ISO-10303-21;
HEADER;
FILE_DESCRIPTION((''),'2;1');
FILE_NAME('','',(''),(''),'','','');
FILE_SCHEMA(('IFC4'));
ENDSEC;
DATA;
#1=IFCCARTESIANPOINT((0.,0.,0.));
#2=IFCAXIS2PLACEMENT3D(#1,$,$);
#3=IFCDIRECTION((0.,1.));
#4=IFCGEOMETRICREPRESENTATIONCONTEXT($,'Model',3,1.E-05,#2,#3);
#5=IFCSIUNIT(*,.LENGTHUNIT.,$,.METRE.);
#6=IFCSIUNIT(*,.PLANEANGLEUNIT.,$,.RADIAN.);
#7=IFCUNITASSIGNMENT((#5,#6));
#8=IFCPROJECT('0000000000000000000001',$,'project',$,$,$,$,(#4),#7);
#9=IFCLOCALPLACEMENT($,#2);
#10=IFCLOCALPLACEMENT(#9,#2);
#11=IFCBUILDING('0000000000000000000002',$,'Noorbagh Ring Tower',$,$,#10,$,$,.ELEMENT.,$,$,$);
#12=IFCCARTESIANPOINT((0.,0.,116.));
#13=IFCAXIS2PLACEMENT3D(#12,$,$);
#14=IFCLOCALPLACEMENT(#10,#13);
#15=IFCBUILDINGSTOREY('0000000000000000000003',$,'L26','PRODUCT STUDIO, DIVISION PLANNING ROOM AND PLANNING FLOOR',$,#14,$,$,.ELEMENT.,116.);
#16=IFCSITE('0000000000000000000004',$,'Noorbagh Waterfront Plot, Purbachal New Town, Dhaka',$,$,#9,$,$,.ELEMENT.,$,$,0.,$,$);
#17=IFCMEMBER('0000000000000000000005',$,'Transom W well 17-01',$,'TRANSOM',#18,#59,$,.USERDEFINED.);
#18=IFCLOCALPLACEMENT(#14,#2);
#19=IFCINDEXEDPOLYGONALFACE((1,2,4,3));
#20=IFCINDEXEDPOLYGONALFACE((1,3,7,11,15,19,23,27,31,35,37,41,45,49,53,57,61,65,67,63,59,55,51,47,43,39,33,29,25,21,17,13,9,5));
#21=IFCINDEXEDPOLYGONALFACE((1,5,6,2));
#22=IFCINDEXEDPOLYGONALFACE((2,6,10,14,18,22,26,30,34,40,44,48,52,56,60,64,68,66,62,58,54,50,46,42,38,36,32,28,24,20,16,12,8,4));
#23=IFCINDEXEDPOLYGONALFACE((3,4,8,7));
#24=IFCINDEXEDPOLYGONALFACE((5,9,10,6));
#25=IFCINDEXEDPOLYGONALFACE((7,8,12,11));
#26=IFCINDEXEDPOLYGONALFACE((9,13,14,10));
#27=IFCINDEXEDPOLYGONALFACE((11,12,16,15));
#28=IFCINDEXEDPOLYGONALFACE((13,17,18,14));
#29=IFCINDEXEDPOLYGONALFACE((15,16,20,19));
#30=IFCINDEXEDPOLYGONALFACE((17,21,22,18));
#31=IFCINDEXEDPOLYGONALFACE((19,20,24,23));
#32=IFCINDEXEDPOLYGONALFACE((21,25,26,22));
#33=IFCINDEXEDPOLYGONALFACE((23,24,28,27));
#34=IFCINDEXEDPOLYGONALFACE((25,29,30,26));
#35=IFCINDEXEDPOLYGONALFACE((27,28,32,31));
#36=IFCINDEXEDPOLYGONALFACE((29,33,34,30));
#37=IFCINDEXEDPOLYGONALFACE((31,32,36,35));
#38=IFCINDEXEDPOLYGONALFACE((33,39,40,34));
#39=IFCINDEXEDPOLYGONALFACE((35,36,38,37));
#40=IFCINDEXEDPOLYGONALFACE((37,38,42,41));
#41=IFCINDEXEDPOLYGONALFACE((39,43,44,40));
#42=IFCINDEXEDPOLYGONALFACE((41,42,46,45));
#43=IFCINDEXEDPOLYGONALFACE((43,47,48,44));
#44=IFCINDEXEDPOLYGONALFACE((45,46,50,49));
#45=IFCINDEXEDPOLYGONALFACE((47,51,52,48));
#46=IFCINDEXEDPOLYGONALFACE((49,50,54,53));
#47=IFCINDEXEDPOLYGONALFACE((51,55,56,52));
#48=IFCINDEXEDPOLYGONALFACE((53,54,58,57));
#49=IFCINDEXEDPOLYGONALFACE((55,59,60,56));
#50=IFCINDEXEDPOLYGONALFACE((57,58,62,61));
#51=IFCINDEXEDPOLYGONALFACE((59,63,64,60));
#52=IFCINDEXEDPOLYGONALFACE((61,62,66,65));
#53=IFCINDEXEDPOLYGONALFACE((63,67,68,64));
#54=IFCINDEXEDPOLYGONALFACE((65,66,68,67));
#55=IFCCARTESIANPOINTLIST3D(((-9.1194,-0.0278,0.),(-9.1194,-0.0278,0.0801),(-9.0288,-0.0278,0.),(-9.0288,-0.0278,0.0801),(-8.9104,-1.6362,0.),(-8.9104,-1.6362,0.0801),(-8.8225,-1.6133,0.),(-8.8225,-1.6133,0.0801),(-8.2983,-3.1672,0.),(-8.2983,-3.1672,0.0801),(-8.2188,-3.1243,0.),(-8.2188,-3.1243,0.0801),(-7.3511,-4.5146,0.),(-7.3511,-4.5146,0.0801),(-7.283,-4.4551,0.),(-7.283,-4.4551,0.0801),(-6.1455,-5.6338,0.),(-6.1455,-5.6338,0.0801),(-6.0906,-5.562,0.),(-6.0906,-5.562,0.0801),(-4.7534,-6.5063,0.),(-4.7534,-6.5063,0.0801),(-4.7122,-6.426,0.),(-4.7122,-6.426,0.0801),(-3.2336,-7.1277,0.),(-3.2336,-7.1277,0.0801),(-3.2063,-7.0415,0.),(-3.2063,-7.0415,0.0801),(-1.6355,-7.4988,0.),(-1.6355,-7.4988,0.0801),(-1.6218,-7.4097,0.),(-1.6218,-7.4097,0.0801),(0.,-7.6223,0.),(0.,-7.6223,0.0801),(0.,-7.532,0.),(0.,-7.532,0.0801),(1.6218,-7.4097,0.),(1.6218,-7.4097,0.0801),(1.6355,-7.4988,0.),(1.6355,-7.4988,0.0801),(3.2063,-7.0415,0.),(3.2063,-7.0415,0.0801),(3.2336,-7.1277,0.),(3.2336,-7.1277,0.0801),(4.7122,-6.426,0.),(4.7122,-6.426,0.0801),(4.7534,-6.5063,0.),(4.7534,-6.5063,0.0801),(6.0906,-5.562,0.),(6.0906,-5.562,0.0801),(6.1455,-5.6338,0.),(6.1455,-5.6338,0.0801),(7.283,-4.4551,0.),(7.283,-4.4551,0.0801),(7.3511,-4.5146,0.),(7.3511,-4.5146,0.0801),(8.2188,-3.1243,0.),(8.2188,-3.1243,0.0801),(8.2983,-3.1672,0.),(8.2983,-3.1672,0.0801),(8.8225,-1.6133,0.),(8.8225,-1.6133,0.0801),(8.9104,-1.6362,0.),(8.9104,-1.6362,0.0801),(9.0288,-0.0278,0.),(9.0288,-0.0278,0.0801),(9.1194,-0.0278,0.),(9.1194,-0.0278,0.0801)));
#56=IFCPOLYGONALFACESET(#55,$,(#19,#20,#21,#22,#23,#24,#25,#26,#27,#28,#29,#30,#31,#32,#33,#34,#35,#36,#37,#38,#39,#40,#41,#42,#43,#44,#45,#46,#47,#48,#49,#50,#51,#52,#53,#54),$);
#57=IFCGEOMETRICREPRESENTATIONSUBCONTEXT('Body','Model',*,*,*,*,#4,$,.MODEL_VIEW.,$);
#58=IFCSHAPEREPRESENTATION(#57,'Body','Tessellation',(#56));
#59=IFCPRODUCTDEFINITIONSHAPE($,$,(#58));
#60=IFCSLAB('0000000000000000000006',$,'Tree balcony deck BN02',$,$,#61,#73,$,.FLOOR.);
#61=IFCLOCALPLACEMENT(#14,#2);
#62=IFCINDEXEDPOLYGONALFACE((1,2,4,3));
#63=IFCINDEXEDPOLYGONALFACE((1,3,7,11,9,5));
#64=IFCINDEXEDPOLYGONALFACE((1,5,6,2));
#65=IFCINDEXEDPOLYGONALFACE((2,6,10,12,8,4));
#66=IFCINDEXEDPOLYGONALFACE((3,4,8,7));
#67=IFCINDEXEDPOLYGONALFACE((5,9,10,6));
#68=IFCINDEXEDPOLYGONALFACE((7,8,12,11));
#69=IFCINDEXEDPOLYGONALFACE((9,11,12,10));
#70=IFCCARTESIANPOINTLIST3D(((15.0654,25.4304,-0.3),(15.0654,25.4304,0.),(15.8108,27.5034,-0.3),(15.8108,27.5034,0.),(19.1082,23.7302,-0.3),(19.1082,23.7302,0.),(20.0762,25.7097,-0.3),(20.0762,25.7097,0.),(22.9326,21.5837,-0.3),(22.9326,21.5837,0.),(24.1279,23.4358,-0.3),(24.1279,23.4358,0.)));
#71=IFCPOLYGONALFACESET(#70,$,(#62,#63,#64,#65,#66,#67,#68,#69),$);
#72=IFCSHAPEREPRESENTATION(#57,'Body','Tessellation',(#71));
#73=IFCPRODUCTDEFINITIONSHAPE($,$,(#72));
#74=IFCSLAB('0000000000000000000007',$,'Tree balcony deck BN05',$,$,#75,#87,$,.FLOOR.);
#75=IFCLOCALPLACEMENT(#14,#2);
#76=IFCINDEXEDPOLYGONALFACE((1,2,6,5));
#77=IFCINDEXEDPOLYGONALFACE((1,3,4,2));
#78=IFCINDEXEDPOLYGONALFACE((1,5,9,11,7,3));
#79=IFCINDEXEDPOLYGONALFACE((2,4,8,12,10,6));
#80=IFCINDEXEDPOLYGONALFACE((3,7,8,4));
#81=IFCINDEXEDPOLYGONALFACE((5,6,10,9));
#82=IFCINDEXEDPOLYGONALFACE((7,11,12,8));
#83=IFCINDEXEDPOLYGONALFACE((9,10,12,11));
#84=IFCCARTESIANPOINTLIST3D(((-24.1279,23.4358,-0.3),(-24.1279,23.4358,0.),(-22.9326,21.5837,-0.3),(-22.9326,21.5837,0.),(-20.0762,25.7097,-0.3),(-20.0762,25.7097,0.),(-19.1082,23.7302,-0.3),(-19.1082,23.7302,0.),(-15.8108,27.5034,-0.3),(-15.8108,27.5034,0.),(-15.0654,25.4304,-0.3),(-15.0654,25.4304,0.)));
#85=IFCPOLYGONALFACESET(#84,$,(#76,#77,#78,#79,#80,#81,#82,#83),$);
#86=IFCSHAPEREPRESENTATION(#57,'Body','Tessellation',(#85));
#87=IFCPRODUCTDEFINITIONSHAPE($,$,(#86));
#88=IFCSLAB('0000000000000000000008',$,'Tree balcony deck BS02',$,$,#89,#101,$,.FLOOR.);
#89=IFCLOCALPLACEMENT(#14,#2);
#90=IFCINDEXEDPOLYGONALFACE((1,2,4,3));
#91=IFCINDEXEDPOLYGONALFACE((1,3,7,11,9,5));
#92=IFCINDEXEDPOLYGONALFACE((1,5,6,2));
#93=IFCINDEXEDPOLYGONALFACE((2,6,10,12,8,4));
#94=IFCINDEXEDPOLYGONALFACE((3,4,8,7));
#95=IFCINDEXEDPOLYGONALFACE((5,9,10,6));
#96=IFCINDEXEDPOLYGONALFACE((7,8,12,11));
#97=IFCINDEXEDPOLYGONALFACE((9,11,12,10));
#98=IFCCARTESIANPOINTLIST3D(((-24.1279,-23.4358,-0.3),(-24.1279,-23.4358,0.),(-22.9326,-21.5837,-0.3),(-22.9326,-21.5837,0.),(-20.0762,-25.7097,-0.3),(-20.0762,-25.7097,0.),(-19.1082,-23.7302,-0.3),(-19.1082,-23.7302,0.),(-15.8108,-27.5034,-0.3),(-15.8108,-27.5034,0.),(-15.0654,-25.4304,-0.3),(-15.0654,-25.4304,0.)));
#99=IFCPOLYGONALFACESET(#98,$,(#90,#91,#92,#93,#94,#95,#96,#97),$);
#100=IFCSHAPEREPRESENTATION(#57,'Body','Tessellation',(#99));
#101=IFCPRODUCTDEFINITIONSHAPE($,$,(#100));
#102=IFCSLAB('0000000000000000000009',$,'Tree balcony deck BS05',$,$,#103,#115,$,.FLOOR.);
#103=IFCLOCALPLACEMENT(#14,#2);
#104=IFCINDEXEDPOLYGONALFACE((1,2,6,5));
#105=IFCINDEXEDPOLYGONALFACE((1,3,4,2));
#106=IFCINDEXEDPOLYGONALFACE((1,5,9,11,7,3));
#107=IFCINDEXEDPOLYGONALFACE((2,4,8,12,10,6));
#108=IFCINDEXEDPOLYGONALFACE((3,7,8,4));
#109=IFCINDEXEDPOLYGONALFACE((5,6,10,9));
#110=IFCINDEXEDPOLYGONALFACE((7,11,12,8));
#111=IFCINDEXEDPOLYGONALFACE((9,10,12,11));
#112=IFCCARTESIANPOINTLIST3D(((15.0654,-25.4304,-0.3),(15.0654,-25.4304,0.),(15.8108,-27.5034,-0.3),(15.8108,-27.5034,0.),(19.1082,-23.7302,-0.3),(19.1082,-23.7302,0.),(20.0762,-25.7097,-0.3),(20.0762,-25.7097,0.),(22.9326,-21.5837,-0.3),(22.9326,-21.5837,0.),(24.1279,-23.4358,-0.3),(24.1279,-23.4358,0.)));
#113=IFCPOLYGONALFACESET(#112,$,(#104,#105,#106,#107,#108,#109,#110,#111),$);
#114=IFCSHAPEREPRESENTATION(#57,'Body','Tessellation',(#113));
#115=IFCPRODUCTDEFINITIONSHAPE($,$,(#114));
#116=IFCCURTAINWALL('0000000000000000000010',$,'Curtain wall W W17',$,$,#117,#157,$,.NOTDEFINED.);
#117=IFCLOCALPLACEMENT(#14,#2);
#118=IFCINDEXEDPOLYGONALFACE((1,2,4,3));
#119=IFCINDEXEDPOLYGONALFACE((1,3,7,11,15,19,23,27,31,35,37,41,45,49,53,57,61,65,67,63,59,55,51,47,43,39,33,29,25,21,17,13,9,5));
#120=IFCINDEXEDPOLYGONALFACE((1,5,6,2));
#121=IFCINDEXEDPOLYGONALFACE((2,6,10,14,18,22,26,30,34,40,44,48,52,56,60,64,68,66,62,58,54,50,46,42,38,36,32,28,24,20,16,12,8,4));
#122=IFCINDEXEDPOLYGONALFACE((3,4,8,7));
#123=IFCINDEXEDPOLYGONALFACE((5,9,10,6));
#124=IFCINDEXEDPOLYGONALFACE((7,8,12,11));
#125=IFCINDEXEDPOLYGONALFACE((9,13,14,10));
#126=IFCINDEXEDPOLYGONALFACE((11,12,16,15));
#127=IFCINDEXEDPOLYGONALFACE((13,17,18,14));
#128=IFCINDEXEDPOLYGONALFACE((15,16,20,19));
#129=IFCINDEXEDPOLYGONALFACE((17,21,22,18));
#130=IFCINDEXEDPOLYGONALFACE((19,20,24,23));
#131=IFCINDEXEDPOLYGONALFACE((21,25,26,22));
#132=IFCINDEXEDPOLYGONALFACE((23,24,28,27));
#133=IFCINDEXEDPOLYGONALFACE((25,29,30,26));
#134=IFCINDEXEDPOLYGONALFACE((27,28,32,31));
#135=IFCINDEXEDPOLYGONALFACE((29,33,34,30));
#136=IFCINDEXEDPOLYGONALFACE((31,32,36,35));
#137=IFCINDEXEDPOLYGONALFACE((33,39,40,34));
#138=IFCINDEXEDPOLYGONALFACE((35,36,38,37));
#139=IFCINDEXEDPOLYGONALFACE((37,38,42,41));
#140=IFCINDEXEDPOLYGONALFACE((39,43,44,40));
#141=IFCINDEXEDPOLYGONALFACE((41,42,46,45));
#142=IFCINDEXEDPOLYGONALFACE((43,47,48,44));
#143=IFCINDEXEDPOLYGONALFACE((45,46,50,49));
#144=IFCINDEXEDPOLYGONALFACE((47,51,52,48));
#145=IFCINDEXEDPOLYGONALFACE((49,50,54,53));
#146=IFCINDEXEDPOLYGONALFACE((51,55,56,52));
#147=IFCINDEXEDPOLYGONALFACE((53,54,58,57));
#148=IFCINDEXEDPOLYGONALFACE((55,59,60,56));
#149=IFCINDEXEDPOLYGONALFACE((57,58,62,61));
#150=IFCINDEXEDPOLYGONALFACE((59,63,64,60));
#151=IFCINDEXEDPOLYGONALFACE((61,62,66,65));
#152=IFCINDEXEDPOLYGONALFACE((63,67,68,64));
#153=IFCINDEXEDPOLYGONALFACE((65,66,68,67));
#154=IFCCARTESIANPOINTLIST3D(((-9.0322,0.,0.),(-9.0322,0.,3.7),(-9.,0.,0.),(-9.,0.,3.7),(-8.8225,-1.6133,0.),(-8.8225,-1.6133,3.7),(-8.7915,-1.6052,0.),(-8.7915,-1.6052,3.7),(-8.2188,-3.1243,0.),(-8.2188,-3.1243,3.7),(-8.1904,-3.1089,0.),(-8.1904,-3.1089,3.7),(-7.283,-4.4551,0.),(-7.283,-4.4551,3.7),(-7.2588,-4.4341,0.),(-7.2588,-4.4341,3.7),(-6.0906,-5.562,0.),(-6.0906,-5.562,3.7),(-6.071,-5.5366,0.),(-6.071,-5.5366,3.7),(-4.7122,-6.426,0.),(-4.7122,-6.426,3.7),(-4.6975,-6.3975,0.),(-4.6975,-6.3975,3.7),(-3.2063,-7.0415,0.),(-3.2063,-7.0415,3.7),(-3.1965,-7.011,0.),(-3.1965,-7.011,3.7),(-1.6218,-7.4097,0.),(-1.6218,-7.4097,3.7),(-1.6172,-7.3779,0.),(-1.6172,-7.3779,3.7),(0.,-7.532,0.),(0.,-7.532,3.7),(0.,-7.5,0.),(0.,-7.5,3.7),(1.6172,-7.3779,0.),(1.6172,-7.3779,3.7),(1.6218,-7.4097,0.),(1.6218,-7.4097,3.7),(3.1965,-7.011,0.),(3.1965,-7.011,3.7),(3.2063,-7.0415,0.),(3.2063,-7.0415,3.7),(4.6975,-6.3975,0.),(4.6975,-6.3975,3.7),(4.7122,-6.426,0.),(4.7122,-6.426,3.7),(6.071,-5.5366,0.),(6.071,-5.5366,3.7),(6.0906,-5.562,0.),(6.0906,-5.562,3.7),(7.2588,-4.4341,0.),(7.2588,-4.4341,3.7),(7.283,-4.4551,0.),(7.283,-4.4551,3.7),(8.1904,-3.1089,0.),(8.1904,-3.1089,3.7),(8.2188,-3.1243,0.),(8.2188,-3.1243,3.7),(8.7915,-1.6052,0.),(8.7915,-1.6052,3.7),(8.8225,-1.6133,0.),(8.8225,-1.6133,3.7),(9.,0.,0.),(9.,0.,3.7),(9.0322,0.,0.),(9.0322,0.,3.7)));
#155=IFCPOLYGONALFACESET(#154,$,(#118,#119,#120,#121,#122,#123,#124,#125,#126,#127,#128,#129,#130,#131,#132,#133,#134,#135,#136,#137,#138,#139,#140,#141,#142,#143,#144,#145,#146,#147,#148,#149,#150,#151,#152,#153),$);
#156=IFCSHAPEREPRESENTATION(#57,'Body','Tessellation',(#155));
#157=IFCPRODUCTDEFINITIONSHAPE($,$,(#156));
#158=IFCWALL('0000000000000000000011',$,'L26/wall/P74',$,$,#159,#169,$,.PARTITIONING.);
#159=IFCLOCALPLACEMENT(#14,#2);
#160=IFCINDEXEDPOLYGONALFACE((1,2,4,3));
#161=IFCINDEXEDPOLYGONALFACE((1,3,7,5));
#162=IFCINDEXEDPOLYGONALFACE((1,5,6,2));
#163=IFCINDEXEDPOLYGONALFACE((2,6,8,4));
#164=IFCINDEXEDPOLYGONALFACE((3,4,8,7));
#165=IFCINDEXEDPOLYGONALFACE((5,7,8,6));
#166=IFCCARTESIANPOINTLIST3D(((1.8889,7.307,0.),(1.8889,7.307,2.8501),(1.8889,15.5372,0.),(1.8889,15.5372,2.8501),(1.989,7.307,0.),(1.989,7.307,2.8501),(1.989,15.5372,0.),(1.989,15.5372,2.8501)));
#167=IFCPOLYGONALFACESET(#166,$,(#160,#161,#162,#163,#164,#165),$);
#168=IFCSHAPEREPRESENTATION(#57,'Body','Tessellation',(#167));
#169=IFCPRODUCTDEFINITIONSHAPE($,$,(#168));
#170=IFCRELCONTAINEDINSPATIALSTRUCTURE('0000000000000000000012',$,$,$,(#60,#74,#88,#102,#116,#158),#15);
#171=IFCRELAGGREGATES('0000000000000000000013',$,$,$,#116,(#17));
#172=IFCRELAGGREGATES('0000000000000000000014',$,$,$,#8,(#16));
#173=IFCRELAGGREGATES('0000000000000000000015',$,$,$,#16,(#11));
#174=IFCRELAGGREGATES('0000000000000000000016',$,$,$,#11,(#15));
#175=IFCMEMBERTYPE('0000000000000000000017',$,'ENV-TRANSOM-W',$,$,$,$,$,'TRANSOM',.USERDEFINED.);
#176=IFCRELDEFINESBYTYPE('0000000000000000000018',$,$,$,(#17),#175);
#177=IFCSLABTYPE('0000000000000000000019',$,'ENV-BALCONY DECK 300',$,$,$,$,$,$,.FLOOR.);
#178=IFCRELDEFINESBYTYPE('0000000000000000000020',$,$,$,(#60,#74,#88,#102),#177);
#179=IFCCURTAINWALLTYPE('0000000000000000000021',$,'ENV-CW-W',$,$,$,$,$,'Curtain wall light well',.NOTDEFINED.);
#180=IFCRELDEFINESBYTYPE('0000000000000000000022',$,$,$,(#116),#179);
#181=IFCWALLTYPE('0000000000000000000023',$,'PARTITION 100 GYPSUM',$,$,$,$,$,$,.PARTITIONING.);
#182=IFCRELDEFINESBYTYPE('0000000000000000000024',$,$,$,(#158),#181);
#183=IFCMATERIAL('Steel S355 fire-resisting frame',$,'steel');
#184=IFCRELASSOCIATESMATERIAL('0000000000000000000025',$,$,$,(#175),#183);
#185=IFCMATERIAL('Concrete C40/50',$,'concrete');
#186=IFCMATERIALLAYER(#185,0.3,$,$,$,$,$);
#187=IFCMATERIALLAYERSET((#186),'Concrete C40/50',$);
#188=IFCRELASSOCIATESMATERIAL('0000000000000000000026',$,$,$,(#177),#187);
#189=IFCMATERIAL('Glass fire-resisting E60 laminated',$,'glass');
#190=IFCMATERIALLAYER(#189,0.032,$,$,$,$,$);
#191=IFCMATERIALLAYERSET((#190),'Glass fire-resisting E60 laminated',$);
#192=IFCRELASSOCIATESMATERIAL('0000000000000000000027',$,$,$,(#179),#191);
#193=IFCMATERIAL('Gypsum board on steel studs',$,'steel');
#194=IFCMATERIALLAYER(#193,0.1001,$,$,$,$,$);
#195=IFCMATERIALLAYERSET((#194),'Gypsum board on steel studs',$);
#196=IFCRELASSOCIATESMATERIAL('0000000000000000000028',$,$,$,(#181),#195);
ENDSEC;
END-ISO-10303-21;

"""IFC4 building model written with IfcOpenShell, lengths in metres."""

from ifc_helpers import new_model, si_unit, direction, frame, frame_2d, origin, place, context, subcontext, project, spatial, polyline, rectangle, outline, extrude, material, layer, layer_set, type_object, element, aggregate, save


model = new_model("IFC4")

# Units and contexts
model_context = context("Model", 3, precision=1e-05, world=origin(), true_north=direction((0.0, 1.0)))
body_context = subcontext(model_context, "Body", "Model", "MODEL_VIEW")
ifc_project = project(units=[si_unit("LENGTHUNIT", "METRE"), si_unit("PLANEANGLEUNIT", "RADIAN")], contexts=[model_context])

# Site, building, storey
site_placement = place(None, origin())
site = spatial("IfcSite", under=ifc_project, at=site_placement, Name="Noorbagh Waterfront Plot, Purbachal New Town, Dhaka", CompositionType="ELEMENT", RefElevation=0.0)
building_placement = place(site_placement, origin())
building = spatial("IfcBuilding", under=site, at=building_placement, Name="Noorbagh Ring Tower", CompositionType="ELEMENT")
storey_placement = place(building_placement, frame((0.0, 0.0, 116.0)))
storey = spatial("IfcBuildingStorey", under=building, at=storey_placement, Name="L26", Description="PRODUCT STUDIO, DIVISION PLANNING ROOM AND PLANNING FLOOR", CompositionType="ELEMENT", Elevation=116.0)

# Member
ifc_material_1 = material(Name="Steel S355 fire-resisting frame", Category="steel")
member_type_1 = type_object("IfcMemberType", Name="ENV-TRANSOM-W", ElementType="TRANSOM", PredefinedType="USERDEFINED", material=ifc_material_1)
member_1_placement = place(storey_placement, origin())
member_1 = element("IfcMember", 1, at=member_1_placement, type_object=member_type_1, Name="Transom W well 17-01", ObjectType="TRANSOM", PredefinedType="USERDEFINED", context=body_context, shape_type="SweptSolid", body=[
    extrude(outline(polyline([(-9.1194, -0.0278), (-8.9104, -1.6362), (-8.2983, -3.1672), (-7.3511, -4.5146), (-6.1455, -5.6338), (-4.7534, -6.5063), (-3.2336, -7.1277), (-1.6355, -7.4988), (0.0, -7.6223), (1.6355, -7.4988), (3.2336, -7.1277), (4.7534, -6.5063), (6.1455, -5.6338), (7.3511, -4.5146), (8.2983, -3.1672), (8.9104, -1.6362), (9.1194, -0.0278), (9.0288, -0.0278), (8.8225, -1.6133), (8.2188, -3.1243), (7.283, -4.4551), (6.0906, -5.562), (4.7122, -6.426), (3.2063, -7.0415), (1.6218, -7.4097), (0.0, -7.532), (-1.6218, -7.4097), (-3.2063, -7.0415), (-4.7122, -6.426), (-6.0906, -5.562), (-7.283, -4.4551), (-8.2188, -3.1243), (-8.8225, -1.6133), (-9.0288, -0.0278), (-9.1194, -0.0278)])), origin(), (0.0, 0.0, 1.0), 0.0801),
])

# Slabs
ifc_material_2 = material(Name="Concrete C40/50", Category="concrete")
ifc_layer_1 = layer(ifc_material_2, 0.3)
ifc_layer_set_1 = layer_set([ifc_layer_1], Name="Concrete C40/50")
slab_type = type_object("IfcSlabType", Name="ENV-BALCONY DECK 300", PredefinedType="FLOOR", material=ifc_layer_set_1)
slab_1_placement = place(storey_placement, frame((0.0, 0.0, -0.3)))
element("IfcSlab", 2, at=slab_1_placement, inside=storey, type_object=slab_type, Name="Tree balcony deck BN02", PredefinedType="FLOOR", context=body_context, shape_type="SweptSolid", body=[
    extrude(outline(polyline([(24.1279, 23.4358), (20.0762, 25.7097), (15.8108, 27.5034), (15.0654, 25.4304), (19.1082, 23.7302), (22.9326, 21.5837), (24.1279, 23.4358)])), origin(), (0.0, 0.0, 1.0), 0.3),
])
slab_2_placement = place(storey_placement, frame((0.0, 0.0, -0.3)))
element("IfcSlab", 3, at=slab_2_placement, inside=storey, type_object=slab_type, Name="Tree balcony deck BN05", PredefinedType="FLOOR", context=body_context, shape_type="SweptSolid", body=[
    extrude(outline(polyline([(-15.8108, 27.5034), (-20.0762, 25.7097), (-24.1279, 23.4358), (-22.9326, 21.5837), (-19.1082, 23.7302), (-15.0654, 25.4304), (-15.8108, 27.5034)])), origin(), (0.0, 0.0, 1.0), 0.3),
])
slab_3_placement = place(storey_placement, frame((0.0, 0.0, -0.3)))
element("IfcSlab", 4, at=slab_3_placement, inside=storey, type_object=slab_type, Name="Tree balcony deck BS02", PredefinedType="FLOOR", context=body_context, shape_type="SweptSolid", body=[
    extrude(outline(polyline([(-24.1279, -23.4358), (-20.0762, -25.7097), (-15.8108, -27.5034), (-15.0654, -25.4304), (-19.1082, -23.7302), (-22.9326, -21.5837), (-24.1279, -23.4358)])), origin(), (0.0, 0.0, 1.0), 0.3),
])
slab_4_placement = place(storey_placement, frame((0.0, 0.0, -0.3)))
element("IfcSlab", 5, at=slab_4_placement, inside=storey, type_object=slab_type, Name="Tree balcony deck BS05", PredefinedType="FLOOR", context=body_context, shape_type="SweptSolid", body=[
    extrude(outline(polyline([(15.8108, -27.5034), (20.0762, -25.7097), (24.1279, -23.4358), (22.9326, -21.5837), (19.1082, -23.7302), (15.0654, -25.4304), (15.8108, -27.5034)])), origin(), (0.0, 0.0, 1.0), 0.3),
])

# Curtain wall
ifc_material_3 = material(Name="Glass fire-resisting E60 laminated", Category="glass")
ifc_layer_2 = layer(ifc_material_3, 0.032)
ifc_layer_set_2 = layer_set([ifc_layer_2], Name="Glass fire-resisting E60 laminated")
curtain_wall_type_1 = type_object("IfcCurtainWallType", Name="ENV-CW-W", ElementType="Curtain wall light well", PredefinedType="NOTDEFINED", material=ifc_layer_set_2)
curtain_wall_1_placement = place(storey_placement, origin())
curtain_wall_1 = element("IfcCurtainWall", 6, at=curtain_wall_1_placement, inside=storey, type_object=curtain_wall_type_1, Name="Curtain wall W W17", PredefinedType="NOTDEFINED", context=body_context, shape_type="SweptSolid", body=[
    extrude(outline(polyline([(-9.0322, 0.0), (-8.8225, -1.6133), (-8.2188, -3.1243), (-7.283, -4.4551), (-6.0906, -5.562), (-4.7122, -6.426), (-3.2063, -7.0415), (-1.6218, -7.4097), (0.0, -7.532), (1.6218, -7.4097), (3.2063, -7.0415), (4.7122, -6.426), (6.0906, -5.562), (7.283, -4.4551), (8.2188, -3.1243), (8.8225, -1.6133), (9.0322, 0.0), (9.0, 0.0), (8.7915, -1.6052), (8.1904, -3.1089), (7.2588, -4.4341), (6.071, -5.5366), (4.6975, -6.3975), (3.1965, -7.011), (1.6172, -7.3779), (0.0, -7.5), (-1.6172, -7.3779), (-3.1965, -7.011), (-4.6975, -6.3975), (-6.071, -5.5366), (-7.2588, -4.4341), (-8.1904, -3.1089), (-8.7915, -1.6052), (-9.0, 0.0), (-9.0322, 0.0)])), origin(), (0.0, 0.0, 1.0), 3.7),
])
aggregate(curtain_wall_1, [member_1])

# Wall
ifc_material_4 = material(Name="Gypsum board on steel studs", Category="steel")
ifc_layer_3 = layer(ifc_material_4, 0.1001)
ifc_layer_set_3 = layer_set([ifc_layer_3], Name="Gypsum board on steel studs")
wall_type = type_object("IfcWallType", Name="PARTITION 100 GYPSUM", PredefinedType="PARTITIONING", material=ifc_layer_set_3)
wall_placement = place(storey_placement, frame((1.939, 7.3069, 0.0), z_axis=(0.0, 0.0, 1.0), x_axis=(0.0, 1.0, 0.0)))
element("IfcWall", 7, at=wall_placement, inside=storey, type_object=wall_type, Name="L26/wall/P74", PredefinedType="PARTITIONING", context=body_context, shape_type="SweptSolid", body=[
    extrude(rectangle(XDim=8.2302, YDim=0.1001, at=frame_2d((4.1152, 0.0))), origin(), (0.0, 0.0, 1.0), 2.8501),
])

save(model, "model.ifc")
